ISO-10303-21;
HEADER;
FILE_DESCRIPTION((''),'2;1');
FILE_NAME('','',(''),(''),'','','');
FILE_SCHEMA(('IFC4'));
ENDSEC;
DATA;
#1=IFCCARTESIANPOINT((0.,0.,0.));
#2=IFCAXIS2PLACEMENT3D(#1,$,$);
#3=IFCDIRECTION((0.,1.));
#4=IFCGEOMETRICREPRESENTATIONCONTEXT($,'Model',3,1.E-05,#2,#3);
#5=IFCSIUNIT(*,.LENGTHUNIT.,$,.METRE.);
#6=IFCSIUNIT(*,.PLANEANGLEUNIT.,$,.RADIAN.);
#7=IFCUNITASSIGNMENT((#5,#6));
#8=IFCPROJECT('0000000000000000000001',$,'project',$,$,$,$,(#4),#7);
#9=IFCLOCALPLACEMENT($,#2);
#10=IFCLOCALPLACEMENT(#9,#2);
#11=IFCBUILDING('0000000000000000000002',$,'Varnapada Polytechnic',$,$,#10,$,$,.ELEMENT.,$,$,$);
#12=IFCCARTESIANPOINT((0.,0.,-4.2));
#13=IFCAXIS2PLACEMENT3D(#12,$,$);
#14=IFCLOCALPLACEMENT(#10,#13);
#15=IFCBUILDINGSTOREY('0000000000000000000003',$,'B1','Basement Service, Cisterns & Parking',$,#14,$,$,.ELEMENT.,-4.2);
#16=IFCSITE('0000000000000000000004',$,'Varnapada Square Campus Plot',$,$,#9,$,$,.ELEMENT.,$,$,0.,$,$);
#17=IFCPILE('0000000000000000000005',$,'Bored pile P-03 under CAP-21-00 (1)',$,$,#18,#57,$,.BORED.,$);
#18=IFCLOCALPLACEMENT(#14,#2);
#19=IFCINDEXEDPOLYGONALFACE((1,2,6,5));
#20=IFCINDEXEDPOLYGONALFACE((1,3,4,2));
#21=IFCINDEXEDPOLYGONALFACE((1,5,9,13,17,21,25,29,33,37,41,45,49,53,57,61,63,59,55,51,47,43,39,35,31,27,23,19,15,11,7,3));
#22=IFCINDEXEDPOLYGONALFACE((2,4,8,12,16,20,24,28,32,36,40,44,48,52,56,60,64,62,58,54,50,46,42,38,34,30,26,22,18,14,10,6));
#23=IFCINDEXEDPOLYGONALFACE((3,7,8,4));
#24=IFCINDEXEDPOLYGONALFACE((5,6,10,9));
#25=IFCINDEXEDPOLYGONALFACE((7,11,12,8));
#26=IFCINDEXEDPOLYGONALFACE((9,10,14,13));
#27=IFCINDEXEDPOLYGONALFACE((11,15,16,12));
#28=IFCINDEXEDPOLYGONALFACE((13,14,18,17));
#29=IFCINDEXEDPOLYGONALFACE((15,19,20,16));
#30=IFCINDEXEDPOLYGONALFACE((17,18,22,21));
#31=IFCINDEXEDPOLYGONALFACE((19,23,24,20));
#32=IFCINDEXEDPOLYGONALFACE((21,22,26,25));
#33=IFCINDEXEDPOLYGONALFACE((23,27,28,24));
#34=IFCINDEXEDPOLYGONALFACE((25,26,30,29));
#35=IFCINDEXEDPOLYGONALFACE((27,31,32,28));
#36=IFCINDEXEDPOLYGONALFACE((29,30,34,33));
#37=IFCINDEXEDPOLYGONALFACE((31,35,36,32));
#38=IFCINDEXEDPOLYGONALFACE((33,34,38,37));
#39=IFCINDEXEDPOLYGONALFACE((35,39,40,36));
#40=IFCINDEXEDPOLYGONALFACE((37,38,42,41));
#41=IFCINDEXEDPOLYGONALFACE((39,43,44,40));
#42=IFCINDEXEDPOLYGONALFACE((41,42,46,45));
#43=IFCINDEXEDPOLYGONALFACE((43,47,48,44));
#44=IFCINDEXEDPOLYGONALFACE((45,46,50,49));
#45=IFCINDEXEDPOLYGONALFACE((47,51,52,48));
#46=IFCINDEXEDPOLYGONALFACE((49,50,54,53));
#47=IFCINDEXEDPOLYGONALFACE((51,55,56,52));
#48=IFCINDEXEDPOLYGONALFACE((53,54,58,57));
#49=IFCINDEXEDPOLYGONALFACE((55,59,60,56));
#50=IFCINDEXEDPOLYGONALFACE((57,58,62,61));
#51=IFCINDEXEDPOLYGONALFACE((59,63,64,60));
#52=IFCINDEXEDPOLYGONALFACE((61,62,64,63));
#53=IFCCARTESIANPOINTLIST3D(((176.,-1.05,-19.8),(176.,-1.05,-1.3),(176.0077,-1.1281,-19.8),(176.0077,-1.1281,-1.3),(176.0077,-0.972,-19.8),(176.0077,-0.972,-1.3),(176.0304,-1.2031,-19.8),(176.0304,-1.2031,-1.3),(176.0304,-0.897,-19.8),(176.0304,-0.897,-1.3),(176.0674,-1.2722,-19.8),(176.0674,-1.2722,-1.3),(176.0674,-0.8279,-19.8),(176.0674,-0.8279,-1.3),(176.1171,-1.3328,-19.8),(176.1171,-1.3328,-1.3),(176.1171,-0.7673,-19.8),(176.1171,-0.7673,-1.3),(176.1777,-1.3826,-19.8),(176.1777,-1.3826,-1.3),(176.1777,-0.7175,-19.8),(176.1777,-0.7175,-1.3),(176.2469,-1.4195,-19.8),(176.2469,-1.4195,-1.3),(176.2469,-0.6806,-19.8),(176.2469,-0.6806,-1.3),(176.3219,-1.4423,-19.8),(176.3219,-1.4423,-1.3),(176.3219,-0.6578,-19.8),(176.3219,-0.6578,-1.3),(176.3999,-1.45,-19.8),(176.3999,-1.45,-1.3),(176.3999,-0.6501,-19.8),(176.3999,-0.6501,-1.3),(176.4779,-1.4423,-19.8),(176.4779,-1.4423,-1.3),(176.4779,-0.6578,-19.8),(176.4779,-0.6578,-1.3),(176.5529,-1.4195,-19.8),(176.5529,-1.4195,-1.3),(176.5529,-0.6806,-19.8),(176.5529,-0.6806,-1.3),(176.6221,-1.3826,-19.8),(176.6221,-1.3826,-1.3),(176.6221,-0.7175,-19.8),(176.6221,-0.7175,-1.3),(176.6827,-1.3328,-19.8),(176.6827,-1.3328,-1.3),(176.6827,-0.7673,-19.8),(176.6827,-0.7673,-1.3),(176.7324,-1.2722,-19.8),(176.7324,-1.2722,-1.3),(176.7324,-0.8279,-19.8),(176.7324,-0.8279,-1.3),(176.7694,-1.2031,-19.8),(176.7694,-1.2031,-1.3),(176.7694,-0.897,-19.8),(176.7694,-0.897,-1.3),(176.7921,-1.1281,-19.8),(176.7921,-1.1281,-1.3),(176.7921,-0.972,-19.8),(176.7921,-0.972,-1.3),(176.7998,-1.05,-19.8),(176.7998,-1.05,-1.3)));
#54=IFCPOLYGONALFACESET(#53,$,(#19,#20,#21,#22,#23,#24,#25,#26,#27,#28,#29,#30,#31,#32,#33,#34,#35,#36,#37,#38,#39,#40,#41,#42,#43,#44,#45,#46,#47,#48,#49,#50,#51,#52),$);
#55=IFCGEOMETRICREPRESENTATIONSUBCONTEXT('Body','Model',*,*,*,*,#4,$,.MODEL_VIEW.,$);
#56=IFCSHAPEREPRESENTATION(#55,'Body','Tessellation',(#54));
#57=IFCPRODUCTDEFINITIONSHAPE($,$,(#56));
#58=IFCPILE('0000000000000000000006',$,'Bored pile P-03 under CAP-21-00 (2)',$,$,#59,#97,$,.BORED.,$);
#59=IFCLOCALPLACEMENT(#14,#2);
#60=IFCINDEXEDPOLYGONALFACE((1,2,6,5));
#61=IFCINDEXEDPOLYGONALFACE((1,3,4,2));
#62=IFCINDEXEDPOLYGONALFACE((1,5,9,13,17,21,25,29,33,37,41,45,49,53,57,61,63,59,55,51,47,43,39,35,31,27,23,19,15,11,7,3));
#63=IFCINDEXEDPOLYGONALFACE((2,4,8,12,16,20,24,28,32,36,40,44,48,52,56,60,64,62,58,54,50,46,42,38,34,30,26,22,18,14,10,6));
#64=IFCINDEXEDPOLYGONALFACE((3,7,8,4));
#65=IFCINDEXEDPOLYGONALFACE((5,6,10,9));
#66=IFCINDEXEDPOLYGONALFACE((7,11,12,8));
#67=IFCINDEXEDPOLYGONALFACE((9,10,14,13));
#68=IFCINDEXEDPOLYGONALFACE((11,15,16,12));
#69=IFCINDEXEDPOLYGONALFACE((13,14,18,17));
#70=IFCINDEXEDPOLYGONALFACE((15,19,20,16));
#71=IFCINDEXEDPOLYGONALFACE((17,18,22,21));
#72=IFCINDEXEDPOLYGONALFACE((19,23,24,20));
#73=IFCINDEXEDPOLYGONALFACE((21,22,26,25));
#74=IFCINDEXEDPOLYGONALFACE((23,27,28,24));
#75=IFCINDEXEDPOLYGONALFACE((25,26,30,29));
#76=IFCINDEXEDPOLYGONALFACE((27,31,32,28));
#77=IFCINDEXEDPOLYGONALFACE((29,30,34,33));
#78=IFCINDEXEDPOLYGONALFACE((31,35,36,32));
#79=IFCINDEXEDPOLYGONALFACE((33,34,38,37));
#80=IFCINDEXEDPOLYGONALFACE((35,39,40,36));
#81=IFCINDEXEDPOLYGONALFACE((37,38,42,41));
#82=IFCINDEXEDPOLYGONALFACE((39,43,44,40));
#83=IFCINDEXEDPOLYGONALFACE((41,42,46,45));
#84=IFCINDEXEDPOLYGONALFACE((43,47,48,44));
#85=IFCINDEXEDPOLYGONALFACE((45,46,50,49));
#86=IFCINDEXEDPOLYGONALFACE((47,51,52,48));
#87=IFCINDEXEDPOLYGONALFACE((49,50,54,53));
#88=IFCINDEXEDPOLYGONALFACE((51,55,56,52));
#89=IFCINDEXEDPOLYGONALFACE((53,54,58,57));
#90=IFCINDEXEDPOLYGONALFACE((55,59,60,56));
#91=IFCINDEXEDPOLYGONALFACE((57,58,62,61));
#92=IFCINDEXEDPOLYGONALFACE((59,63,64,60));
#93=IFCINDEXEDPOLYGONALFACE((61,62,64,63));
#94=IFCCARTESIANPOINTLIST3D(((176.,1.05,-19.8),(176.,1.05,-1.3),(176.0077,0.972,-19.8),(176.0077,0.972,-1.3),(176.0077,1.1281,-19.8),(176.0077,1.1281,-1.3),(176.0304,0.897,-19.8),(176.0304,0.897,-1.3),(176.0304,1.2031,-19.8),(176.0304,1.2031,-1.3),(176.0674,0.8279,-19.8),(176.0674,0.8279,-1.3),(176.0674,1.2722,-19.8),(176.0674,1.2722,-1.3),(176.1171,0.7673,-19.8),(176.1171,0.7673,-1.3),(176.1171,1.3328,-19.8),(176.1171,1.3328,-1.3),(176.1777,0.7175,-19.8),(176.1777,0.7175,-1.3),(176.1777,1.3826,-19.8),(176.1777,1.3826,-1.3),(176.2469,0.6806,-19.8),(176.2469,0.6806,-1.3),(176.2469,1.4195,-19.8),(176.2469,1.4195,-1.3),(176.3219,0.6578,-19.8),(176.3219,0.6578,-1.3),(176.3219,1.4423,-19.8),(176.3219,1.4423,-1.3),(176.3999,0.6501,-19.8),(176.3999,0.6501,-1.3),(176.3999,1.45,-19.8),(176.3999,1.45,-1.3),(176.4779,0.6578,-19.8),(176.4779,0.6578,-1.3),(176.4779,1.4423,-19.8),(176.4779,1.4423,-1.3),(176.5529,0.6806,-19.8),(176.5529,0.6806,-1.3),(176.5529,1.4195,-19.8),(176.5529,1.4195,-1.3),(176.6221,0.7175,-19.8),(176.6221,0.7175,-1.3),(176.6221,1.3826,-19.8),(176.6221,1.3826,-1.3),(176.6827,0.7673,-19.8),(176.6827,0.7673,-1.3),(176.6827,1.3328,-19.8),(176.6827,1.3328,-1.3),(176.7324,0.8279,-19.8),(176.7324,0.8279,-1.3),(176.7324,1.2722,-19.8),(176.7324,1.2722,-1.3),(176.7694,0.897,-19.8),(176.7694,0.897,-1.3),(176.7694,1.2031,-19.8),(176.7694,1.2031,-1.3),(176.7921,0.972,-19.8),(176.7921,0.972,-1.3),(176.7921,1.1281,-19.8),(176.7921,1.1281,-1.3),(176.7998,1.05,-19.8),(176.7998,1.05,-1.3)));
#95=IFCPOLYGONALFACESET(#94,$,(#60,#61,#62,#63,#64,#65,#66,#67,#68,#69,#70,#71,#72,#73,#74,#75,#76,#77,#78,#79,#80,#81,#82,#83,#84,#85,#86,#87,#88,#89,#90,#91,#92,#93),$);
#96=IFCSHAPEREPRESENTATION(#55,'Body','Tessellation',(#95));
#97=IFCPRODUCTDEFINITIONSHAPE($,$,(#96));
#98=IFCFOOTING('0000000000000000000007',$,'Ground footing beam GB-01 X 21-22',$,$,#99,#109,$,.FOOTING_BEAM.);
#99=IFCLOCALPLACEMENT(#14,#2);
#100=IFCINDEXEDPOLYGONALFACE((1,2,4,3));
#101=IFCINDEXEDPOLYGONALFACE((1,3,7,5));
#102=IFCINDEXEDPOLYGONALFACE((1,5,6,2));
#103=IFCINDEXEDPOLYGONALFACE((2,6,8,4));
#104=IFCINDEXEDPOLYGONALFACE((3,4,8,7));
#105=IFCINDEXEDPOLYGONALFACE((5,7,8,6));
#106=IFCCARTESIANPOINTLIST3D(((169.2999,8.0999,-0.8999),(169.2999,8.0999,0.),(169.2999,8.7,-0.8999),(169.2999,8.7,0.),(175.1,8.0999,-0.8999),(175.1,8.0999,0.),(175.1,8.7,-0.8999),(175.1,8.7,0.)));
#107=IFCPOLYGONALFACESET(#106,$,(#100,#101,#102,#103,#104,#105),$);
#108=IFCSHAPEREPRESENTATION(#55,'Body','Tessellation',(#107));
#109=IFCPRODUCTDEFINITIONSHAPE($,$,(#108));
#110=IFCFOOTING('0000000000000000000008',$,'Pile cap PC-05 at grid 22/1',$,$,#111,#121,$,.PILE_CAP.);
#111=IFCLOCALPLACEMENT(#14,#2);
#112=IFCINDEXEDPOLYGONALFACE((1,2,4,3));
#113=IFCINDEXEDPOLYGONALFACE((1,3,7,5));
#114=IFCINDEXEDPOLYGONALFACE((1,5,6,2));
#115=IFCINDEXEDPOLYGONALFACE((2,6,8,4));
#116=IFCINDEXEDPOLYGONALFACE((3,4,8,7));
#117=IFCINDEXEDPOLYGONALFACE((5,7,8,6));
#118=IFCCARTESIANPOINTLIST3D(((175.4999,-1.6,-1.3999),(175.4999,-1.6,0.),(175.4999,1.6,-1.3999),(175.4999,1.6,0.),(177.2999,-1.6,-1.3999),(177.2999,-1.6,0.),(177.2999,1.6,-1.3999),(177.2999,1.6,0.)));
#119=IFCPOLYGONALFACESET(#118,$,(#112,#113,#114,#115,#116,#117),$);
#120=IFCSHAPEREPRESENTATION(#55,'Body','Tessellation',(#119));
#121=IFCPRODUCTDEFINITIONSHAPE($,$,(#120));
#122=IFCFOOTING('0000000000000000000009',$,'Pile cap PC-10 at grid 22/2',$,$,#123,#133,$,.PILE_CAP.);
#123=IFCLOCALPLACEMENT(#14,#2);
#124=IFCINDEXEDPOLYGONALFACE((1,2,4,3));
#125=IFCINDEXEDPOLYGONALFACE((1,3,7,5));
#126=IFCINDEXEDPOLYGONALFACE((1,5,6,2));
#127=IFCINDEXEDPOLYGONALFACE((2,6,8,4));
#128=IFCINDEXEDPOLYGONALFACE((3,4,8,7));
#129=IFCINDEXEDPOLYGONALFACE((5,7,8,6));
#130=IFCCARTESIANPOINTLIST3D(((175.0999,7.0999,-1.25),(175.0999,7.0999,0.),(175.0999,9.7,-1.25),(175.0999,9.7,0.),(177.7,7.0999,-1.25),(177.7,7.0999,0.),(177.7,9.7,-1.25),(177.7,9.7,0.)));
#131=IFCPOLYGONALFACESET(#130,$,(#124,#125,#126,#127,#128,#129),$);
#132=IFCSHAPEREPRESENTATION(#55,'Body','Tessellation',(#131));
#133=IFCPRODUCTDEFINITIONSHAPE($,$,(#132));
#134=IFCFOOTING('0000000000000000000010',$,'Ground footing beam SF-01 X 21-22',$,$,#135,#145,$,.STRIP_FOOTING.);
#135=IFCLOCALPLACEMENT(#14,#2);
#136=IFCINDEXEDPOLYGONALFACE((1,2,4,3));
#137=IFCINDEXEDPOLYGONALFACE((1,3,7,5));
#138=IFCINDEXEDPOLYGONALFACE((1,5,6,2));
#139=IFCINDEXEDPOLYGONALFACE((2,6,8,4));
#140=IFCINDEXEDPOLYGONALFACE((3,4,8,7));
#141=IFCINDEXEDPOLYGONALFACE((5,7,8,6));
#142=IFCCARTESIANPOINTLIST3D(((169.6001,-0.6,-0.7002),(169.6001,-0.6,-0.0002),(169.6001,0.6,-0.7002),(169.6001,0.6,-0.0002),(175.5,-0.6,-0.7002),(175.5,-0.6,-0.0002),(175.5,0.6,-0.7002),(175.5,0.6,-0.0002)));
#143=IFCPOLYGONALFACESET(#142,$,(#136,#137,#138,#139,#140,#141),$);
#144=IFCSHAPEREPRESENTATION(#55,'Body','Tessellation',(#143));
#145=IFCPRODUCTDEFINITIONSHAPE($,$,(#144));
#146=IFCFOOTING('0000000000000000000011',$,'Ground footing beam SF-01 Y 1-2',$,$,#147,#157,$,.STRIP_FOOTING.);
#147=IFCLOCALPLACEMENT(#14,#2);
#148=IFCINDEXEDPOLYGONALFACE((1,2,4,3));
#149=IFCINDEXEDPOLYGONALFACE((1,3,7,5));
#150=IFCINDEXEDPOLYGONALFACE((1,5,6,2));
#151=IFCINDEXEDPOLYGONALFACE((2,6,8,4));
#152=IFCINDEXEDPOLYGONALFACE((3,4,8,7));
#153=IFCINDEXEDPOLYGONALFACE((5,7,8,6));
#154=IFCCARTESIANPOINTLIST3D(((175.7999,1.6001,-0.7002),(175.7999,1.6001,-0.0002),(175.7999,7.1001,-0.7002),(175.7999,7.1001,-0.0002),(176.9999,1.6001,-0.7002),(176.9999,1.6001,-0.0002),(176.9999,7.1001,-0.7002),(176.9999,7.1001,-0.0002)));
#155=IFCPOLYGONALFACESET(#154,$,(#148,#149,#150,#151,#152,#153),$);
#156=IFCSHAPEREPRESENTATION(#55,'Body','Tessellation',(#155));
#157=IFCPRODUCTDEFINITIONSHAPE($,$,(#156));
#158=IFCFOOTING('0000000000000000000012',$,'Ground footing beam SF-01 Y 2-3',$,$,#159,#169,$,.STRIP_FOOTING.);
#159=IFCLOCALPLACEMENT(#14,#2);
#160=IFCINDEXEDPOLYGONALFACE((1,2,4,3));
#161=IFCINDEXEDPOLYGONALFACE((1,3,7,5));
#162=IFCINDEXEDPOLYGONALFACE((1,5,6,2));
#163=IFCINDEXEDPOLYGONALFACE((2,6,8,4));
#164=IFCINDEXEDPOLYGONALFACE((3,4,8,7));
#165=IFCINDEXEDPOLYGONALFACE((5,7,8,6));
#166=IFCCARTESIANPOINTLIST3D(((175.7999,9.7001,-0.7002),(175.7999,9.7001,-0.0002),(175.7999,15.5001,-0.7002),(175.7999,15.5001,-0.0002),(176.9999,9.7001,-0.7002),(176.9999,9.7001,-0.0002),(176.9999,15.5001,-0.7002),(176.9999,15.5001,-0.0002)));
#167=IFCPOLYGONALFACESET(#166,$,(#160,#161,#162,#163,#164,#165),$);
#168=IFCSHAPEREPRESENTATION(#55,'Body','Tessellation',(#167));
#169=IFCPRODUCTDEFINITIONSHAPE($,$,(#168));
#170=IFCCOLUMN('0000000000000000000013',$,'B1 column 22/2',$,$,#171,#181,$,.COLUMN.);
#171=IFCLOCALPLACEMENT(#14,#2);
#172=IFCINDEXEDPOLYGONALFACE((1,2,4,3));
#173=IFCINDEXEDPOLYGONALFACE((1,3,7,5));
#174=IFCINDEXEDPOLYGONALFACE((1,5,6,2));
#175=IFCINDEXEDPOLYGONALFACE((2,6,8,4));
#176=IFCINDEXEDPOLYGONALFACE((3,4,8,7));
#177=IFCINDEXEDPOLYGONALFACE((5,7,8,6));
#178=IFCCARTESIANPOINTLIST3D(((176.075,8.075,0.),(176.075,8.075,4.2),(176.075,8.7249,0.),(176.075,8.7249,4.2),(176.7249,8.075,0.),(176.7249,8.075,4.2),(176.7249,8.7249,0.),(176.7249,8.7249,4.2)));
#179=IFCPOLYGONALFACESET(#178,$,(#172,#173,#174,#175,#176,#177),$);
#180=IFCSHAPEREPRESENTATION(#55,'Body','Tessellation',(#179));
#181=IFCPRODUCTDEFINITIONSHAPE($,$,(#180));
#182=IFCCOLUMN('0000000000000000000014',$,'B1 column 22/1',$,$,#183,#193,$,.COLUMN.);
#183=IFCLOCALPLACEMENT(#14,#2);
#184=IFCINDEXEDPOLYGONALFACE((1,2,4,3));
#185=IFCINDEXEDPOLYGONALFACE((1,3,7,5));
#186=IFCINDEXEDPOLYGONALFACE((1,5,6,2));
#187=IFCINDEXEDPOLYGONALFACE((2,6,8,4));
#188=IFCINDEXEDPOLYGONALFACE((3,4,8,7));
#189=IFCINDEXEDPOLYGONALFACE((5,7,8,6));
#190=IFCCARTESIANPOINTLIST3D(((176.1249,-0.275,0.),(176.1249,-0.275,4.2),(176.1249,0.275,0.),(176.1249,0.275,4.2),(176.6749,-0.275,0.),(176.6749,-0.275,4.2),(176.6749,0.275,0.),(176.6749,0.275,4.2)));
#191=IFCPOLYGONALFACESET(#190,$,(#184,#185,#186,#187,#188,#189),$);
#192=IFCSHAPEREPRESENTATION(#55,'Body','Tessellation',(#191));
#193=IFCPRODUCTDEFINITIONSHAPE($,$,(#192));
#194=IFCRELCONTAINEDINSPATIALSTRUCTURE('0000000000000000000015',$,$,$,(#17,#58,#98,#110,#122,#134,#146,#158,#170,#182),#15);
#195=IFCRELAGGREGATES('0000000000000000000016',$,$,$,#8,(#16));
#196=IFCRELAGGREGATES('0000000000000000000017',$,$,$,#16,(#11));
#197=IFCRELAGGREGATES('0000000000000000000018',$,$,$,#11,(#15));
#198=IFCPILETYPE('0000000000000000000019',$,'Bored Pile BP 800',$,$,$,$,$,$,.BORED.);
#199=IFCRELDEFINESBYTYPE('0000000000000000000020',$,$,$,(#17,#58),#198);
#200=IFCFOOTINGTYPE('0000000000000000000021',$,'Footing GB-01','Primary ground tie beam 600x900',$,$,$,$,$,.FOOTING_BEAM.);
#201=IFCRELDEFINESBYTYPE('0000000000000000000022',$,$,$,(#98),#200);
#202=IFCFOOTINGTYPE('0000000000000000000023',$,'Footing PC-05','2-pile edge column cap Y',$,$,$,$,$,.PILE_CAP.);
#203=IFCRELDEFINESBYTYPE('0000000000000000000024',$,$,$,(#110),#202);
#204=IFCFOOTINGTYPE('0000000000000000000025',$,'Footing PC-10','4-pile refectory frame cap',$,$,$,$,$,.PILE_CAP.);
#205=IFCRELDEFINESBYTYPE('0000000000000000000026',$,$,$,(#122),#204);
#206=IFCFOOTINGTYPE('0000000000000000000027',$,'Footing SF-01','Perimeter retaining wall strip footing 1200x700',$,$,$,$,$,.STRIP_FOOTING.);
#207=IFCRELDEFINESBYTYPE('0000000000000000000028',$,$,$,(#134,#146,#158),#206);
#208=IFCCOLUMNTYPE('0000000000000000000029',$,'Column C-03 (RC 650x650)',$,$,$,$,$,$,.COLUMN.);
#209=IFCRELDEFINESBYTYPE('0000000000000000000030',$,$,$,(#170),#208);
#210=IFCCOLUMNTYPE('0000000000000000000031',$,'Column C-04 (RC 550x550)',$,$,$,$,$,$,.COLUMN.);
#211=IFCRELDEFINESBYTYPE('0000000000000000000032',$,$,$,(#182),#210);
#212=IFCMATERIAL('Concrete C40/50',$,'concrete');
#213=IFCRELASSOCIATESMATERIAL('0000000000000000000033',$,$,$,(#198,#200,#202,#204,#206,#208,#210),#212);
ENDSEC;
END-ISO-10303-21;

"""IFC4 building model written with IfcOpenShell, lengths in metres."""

from ifc_helpers import new_model, si_unit, direction, frame, origin, origin_2d, place, context, subcontext, project, spatial, rectangle, circle, extrude, material, material_profile, profile_set, type_object, element, save


model = new_model("IFC4")

# Units and contexts
model_context = context("Model", 3, precision=1e-05, world=origin(), true_north=direction((0.0, 1.0)))
body_context = subcontext(model_context, "Body", "Model", "MODEL_VIEW")
ifc_project = project(units=[si_unit("LENGTHUNIT", "METRE"), si_unit("PLANEANGLEUNIT", "RADIAN")], contexts=[model_context])

# Site, building, storey
site_placement = place(None, origin())
site = spatial("IfcSite", under=ifc_project, at=site_placement, Name="Varnapada Square Campus Plot", CompositionType="ELEMENT", RefElevation=0.0)
building_placement = place(site_placement, origin())
building = spatial("IfcBuilding", under=site, at=building_placement, Name="Varnapada Polytechnic", CompositionType="ELEMENT")
storey_placement = place(building_placement, frame((0.0, 0.0, -4.2)))
storey = spatial("IfcBuildingStorey", under=building, at=storey_placement, Name="B1", Description="Basement Service, Cisterns & Parking", CompositionType="ELEMENT", Elevation=-4.2)

# Piles
ifc_material_1 = material(Name="Concrete C40/50", Category="concrete")
ifc_material_profile_1 = material_profile(ifc_material_1, circle(Radius=0.3999, at=origin_2d()), Name="BP 800")
ifc_profile_set_1 = profile_set([ifc_material_profile_1], Name="Concrete C40/50")
pile_type_1 = type_object("IfcPileType", Name="Bored Pile BP 800", PredefinedType="BORED", material=ifc_profile_set_1)
for number, where, z_axis, x_axis, name in (
    (1, (176.3999, -1.05, -1.3), (0.0, 0.0, -1.0), (1.0, 0.0, 0.0), "Bored pile P-03 under CAP-21-00 (1)"),
    (2, (176.3999, 1.05, -1.3), (0.0, 0.0, -1.0), (1.0, 0.0, 0.0), "Bored pile P-03 under CAP-21-00 (2)"),
):
    element("IfcPile", number, at=place(storey_placement, frame(where, z_axis=z_axis, x_axis=x_axis)), inside=storey, type_object=pile_type_1, Name=name, PredefinedType="BORED", context=body_context, shape_type="SweptSolid", body=[
        extrude(circle(Radius=0.3999, at=origin_2d()), origin(), (0.0, 0.0, 1.0), 18.5),
    ])

# Footings
footing_type_1 = type_object("IfcFootingType", Name="Footing GB-01", Description="Primary ground tie beam 600x900", PredefinedType="FOOTING_BEAM", material=ifc_material_1)
footing_1_placement = place(storey_placement, frame((172.2, 8.3999, -0.8999), z_axis=(0.0, 0.0, 1.0), x_axis=(1.0, 0.0, 0.0)))
element("IfcFooting", 3, at=footing_1_placement, inside=storey, type_object=footing_type_1, Name="Ground footing beam GB-01 X 21-22", PredefinedType="FOOTING_BEAM", context=body_context, shape_type="SweptSolid", body=[
    extrude(rectangle(XDim=5.8, YDim=0.6001, at=origin_2d()), origin(), (0.0, 0.0, 1.0), 0.8999),
])
footing_type_2 = type_object("IfcFootingType", Name="Footing PC-05", Description="2-pile edge column cap Y", PredefinedType="PILE_CAP", material=ifc_material_1)
footing_2_placement = place(storey_placement, frame((176.3999, 0.0, -1.3999), z_axis=(0.0, 0.0, 1.0), x_axis=(1.0, 0.0, 0.0)))
element("IfcFooting", 4, at=footing_2_placement, inside=storey, type_object=footing_type_2, Name="Pile cap PC-05 at grid 22/1", PredefinedType="PILE_CAP", context=body_context, shape_type="SweptSolid", body=[
    extrude(rectangle(XDim=1.8, YDim=3.2, at=origin_2d()), origin(), (0.0, 0.0, 1.0), 1.3999),
])
footing_type_3 = type_object("IfcFootingType", Name="Footing PC-10", Description="4-pile refectory frame cap", PredefinedType="PILE_CAP", material=ifc_material_1)
footing_3_placement = place(storey_placement, frame((176.3999, 8.3999, -1.25), z_axis=(0.0, 0.0, 1.0), x_axis=(1.0, 0.0, 0.0)))
element("IfcFooting", 5, at=footing_3_placement, inside=storey, type_object=footing_type_3, Name="Pile cap PC-10 at grid 22/2", PredefinedType="PILE_CAP", context=body_context, shape_type="SweptSolid", body=[
    extrude(rectangle(XDim=2.6001, YDim=2.6001, at=origin_2d()), origin(), (0.0, 0.0, 1.0), 1.25),
])
footing_type_4 = type_object("IfcFootingType", Name="Footing SF-01", Description="Perimeter retaining wall strip footing 1200x700", PredefinedType="STRIP_FOOTING", material=ifc_material_1)
footing_4_placement = place(storey_placement, frame((172.55, 0.0, -0.7002), z_axis=(0.0, 0.0, 1.0), x_axis=(1.0, 0.0, 0.0)))
element("IfcFooting", 6, at=footing_4_placement, inside=storey, type_object=footing_type_4, Name="Ground footing beam SF-01 X 21-22", PredefinedType="STRIP_FOOTING", context=body_context, shape_type="SweptSolid", body=[
    extrude(rectangle(XDim=5.8999, YDim=1.2, at=origin_2d()), origin(), (0.0, 0.0, 1.0), 0.7),
])
footing_5_placement = place(storey_placement, frame((176.3999, 4.3501, -0.7002), z_axis=(0.0, 0.0, 1.0), x_axis=(0.0, 1.0, 0.0)))
element("IfcFooting", 7, at=footing_5_placement, inside=storey, type_object=footing_type_4, Name="Ground footing beam SF-01 Y 1-2", PredefinedType="STRIP_FOOTING", context=body_context, shape_type="SweptSolid", body=[
    extrude(rectangle(XDim=5.5, YDim=1.2, at=origin_2d()), origin(), (0.0, 0.0, 1.0), 0.7),
])
footing_6_placement = place(storey_placement, frame((176.3999, 12.6001, -0.7002), z_axis=(0.0, 0.0, 1.0), x_axis=(0.0, 1.0, 0.0)))
element("IfcFooting", 8, at=footing_6_placement, inside=storey, type_object=footing_type_4, Name="Ground footing beam SF-01 Y 2-3", PredefinedType="STRIP_FOOTING", context=body_context, shape_type="SweptSolid", body=[
    extrude(rectangle(XDim=5.8, YDim=1.2, at=origin_2d()), origin(), (0.0, 0.0, 1.0), 0.7),
])

# Columns
ifc_material_profile_2 = material_profile(ifc_material_1, rectangle(XDim=0.6499, YDim=0.6499, at=origin_2d()), Name="RC 650x650")
ifc_profile_set_2 = profile_set([ifc_material_profile_2], Name="Concrete C40/50")
column_type_1 = type_object("IfcColumnType", Name="Column C-03 (RC 650x650)", PredefinedType="COLUMN", material=ifc_profile_set_2)
column_1_placement = place(storey_placement, frame((176.3999, 8.3999, 0.0), z_axis=(0.0, 0.0, 1.0), x_axis=(1.0, 0.0, 0.0)))
element("IfcColumn", 9, at=column_1_placement, inside=storey, type_object=column_type_1, Name="B1 column 22/2", PredefinedType="COLUMN", context=body_context, shape_type="SweptSolid", body=[
    extrude(rectangle(XDim=0.6499, YDim=0.6499, at=origin_2d()), origin(), (0.0, 0.0, 1.0), 4.2),
])
ifc_material_profile_3 = material_profile(ifc_material_1, rectangle(XDim=0.55, YDim=0.55, at=origin_2d()), Name="RC 550x550")
ifc_profile_set_3 = profile_set([ifc_material_profile_3], Name="Concrete C40/50")
column_type_2 = type_object("IfcColumnType", Name="Column C-04 (RC 550x550)", PredefinedType="COLUMN", material=ifc_profile_set_3)
column_2_placement = place(storey_placement, frame((176.3999, 0.0, 0.0), z_axis=(0.0, 0.0, 1.0), x_axis=(1.0, 0.0, 0.0)))
element("IfcColumn", 10, at=column_2_placement, inside=storey, type_object=column_type_2, Name="B1 column 22/1", PredefinedType="COLUMN", context=body_context, shape_type="SweptSolid", body=[
    extrude(rectangle(XDim=0.55, YDim=0.55, at=origin_2d()), origin(), (0.0, 0.0, 1.0), 4.2),
])

save(model, "model.ifc")
